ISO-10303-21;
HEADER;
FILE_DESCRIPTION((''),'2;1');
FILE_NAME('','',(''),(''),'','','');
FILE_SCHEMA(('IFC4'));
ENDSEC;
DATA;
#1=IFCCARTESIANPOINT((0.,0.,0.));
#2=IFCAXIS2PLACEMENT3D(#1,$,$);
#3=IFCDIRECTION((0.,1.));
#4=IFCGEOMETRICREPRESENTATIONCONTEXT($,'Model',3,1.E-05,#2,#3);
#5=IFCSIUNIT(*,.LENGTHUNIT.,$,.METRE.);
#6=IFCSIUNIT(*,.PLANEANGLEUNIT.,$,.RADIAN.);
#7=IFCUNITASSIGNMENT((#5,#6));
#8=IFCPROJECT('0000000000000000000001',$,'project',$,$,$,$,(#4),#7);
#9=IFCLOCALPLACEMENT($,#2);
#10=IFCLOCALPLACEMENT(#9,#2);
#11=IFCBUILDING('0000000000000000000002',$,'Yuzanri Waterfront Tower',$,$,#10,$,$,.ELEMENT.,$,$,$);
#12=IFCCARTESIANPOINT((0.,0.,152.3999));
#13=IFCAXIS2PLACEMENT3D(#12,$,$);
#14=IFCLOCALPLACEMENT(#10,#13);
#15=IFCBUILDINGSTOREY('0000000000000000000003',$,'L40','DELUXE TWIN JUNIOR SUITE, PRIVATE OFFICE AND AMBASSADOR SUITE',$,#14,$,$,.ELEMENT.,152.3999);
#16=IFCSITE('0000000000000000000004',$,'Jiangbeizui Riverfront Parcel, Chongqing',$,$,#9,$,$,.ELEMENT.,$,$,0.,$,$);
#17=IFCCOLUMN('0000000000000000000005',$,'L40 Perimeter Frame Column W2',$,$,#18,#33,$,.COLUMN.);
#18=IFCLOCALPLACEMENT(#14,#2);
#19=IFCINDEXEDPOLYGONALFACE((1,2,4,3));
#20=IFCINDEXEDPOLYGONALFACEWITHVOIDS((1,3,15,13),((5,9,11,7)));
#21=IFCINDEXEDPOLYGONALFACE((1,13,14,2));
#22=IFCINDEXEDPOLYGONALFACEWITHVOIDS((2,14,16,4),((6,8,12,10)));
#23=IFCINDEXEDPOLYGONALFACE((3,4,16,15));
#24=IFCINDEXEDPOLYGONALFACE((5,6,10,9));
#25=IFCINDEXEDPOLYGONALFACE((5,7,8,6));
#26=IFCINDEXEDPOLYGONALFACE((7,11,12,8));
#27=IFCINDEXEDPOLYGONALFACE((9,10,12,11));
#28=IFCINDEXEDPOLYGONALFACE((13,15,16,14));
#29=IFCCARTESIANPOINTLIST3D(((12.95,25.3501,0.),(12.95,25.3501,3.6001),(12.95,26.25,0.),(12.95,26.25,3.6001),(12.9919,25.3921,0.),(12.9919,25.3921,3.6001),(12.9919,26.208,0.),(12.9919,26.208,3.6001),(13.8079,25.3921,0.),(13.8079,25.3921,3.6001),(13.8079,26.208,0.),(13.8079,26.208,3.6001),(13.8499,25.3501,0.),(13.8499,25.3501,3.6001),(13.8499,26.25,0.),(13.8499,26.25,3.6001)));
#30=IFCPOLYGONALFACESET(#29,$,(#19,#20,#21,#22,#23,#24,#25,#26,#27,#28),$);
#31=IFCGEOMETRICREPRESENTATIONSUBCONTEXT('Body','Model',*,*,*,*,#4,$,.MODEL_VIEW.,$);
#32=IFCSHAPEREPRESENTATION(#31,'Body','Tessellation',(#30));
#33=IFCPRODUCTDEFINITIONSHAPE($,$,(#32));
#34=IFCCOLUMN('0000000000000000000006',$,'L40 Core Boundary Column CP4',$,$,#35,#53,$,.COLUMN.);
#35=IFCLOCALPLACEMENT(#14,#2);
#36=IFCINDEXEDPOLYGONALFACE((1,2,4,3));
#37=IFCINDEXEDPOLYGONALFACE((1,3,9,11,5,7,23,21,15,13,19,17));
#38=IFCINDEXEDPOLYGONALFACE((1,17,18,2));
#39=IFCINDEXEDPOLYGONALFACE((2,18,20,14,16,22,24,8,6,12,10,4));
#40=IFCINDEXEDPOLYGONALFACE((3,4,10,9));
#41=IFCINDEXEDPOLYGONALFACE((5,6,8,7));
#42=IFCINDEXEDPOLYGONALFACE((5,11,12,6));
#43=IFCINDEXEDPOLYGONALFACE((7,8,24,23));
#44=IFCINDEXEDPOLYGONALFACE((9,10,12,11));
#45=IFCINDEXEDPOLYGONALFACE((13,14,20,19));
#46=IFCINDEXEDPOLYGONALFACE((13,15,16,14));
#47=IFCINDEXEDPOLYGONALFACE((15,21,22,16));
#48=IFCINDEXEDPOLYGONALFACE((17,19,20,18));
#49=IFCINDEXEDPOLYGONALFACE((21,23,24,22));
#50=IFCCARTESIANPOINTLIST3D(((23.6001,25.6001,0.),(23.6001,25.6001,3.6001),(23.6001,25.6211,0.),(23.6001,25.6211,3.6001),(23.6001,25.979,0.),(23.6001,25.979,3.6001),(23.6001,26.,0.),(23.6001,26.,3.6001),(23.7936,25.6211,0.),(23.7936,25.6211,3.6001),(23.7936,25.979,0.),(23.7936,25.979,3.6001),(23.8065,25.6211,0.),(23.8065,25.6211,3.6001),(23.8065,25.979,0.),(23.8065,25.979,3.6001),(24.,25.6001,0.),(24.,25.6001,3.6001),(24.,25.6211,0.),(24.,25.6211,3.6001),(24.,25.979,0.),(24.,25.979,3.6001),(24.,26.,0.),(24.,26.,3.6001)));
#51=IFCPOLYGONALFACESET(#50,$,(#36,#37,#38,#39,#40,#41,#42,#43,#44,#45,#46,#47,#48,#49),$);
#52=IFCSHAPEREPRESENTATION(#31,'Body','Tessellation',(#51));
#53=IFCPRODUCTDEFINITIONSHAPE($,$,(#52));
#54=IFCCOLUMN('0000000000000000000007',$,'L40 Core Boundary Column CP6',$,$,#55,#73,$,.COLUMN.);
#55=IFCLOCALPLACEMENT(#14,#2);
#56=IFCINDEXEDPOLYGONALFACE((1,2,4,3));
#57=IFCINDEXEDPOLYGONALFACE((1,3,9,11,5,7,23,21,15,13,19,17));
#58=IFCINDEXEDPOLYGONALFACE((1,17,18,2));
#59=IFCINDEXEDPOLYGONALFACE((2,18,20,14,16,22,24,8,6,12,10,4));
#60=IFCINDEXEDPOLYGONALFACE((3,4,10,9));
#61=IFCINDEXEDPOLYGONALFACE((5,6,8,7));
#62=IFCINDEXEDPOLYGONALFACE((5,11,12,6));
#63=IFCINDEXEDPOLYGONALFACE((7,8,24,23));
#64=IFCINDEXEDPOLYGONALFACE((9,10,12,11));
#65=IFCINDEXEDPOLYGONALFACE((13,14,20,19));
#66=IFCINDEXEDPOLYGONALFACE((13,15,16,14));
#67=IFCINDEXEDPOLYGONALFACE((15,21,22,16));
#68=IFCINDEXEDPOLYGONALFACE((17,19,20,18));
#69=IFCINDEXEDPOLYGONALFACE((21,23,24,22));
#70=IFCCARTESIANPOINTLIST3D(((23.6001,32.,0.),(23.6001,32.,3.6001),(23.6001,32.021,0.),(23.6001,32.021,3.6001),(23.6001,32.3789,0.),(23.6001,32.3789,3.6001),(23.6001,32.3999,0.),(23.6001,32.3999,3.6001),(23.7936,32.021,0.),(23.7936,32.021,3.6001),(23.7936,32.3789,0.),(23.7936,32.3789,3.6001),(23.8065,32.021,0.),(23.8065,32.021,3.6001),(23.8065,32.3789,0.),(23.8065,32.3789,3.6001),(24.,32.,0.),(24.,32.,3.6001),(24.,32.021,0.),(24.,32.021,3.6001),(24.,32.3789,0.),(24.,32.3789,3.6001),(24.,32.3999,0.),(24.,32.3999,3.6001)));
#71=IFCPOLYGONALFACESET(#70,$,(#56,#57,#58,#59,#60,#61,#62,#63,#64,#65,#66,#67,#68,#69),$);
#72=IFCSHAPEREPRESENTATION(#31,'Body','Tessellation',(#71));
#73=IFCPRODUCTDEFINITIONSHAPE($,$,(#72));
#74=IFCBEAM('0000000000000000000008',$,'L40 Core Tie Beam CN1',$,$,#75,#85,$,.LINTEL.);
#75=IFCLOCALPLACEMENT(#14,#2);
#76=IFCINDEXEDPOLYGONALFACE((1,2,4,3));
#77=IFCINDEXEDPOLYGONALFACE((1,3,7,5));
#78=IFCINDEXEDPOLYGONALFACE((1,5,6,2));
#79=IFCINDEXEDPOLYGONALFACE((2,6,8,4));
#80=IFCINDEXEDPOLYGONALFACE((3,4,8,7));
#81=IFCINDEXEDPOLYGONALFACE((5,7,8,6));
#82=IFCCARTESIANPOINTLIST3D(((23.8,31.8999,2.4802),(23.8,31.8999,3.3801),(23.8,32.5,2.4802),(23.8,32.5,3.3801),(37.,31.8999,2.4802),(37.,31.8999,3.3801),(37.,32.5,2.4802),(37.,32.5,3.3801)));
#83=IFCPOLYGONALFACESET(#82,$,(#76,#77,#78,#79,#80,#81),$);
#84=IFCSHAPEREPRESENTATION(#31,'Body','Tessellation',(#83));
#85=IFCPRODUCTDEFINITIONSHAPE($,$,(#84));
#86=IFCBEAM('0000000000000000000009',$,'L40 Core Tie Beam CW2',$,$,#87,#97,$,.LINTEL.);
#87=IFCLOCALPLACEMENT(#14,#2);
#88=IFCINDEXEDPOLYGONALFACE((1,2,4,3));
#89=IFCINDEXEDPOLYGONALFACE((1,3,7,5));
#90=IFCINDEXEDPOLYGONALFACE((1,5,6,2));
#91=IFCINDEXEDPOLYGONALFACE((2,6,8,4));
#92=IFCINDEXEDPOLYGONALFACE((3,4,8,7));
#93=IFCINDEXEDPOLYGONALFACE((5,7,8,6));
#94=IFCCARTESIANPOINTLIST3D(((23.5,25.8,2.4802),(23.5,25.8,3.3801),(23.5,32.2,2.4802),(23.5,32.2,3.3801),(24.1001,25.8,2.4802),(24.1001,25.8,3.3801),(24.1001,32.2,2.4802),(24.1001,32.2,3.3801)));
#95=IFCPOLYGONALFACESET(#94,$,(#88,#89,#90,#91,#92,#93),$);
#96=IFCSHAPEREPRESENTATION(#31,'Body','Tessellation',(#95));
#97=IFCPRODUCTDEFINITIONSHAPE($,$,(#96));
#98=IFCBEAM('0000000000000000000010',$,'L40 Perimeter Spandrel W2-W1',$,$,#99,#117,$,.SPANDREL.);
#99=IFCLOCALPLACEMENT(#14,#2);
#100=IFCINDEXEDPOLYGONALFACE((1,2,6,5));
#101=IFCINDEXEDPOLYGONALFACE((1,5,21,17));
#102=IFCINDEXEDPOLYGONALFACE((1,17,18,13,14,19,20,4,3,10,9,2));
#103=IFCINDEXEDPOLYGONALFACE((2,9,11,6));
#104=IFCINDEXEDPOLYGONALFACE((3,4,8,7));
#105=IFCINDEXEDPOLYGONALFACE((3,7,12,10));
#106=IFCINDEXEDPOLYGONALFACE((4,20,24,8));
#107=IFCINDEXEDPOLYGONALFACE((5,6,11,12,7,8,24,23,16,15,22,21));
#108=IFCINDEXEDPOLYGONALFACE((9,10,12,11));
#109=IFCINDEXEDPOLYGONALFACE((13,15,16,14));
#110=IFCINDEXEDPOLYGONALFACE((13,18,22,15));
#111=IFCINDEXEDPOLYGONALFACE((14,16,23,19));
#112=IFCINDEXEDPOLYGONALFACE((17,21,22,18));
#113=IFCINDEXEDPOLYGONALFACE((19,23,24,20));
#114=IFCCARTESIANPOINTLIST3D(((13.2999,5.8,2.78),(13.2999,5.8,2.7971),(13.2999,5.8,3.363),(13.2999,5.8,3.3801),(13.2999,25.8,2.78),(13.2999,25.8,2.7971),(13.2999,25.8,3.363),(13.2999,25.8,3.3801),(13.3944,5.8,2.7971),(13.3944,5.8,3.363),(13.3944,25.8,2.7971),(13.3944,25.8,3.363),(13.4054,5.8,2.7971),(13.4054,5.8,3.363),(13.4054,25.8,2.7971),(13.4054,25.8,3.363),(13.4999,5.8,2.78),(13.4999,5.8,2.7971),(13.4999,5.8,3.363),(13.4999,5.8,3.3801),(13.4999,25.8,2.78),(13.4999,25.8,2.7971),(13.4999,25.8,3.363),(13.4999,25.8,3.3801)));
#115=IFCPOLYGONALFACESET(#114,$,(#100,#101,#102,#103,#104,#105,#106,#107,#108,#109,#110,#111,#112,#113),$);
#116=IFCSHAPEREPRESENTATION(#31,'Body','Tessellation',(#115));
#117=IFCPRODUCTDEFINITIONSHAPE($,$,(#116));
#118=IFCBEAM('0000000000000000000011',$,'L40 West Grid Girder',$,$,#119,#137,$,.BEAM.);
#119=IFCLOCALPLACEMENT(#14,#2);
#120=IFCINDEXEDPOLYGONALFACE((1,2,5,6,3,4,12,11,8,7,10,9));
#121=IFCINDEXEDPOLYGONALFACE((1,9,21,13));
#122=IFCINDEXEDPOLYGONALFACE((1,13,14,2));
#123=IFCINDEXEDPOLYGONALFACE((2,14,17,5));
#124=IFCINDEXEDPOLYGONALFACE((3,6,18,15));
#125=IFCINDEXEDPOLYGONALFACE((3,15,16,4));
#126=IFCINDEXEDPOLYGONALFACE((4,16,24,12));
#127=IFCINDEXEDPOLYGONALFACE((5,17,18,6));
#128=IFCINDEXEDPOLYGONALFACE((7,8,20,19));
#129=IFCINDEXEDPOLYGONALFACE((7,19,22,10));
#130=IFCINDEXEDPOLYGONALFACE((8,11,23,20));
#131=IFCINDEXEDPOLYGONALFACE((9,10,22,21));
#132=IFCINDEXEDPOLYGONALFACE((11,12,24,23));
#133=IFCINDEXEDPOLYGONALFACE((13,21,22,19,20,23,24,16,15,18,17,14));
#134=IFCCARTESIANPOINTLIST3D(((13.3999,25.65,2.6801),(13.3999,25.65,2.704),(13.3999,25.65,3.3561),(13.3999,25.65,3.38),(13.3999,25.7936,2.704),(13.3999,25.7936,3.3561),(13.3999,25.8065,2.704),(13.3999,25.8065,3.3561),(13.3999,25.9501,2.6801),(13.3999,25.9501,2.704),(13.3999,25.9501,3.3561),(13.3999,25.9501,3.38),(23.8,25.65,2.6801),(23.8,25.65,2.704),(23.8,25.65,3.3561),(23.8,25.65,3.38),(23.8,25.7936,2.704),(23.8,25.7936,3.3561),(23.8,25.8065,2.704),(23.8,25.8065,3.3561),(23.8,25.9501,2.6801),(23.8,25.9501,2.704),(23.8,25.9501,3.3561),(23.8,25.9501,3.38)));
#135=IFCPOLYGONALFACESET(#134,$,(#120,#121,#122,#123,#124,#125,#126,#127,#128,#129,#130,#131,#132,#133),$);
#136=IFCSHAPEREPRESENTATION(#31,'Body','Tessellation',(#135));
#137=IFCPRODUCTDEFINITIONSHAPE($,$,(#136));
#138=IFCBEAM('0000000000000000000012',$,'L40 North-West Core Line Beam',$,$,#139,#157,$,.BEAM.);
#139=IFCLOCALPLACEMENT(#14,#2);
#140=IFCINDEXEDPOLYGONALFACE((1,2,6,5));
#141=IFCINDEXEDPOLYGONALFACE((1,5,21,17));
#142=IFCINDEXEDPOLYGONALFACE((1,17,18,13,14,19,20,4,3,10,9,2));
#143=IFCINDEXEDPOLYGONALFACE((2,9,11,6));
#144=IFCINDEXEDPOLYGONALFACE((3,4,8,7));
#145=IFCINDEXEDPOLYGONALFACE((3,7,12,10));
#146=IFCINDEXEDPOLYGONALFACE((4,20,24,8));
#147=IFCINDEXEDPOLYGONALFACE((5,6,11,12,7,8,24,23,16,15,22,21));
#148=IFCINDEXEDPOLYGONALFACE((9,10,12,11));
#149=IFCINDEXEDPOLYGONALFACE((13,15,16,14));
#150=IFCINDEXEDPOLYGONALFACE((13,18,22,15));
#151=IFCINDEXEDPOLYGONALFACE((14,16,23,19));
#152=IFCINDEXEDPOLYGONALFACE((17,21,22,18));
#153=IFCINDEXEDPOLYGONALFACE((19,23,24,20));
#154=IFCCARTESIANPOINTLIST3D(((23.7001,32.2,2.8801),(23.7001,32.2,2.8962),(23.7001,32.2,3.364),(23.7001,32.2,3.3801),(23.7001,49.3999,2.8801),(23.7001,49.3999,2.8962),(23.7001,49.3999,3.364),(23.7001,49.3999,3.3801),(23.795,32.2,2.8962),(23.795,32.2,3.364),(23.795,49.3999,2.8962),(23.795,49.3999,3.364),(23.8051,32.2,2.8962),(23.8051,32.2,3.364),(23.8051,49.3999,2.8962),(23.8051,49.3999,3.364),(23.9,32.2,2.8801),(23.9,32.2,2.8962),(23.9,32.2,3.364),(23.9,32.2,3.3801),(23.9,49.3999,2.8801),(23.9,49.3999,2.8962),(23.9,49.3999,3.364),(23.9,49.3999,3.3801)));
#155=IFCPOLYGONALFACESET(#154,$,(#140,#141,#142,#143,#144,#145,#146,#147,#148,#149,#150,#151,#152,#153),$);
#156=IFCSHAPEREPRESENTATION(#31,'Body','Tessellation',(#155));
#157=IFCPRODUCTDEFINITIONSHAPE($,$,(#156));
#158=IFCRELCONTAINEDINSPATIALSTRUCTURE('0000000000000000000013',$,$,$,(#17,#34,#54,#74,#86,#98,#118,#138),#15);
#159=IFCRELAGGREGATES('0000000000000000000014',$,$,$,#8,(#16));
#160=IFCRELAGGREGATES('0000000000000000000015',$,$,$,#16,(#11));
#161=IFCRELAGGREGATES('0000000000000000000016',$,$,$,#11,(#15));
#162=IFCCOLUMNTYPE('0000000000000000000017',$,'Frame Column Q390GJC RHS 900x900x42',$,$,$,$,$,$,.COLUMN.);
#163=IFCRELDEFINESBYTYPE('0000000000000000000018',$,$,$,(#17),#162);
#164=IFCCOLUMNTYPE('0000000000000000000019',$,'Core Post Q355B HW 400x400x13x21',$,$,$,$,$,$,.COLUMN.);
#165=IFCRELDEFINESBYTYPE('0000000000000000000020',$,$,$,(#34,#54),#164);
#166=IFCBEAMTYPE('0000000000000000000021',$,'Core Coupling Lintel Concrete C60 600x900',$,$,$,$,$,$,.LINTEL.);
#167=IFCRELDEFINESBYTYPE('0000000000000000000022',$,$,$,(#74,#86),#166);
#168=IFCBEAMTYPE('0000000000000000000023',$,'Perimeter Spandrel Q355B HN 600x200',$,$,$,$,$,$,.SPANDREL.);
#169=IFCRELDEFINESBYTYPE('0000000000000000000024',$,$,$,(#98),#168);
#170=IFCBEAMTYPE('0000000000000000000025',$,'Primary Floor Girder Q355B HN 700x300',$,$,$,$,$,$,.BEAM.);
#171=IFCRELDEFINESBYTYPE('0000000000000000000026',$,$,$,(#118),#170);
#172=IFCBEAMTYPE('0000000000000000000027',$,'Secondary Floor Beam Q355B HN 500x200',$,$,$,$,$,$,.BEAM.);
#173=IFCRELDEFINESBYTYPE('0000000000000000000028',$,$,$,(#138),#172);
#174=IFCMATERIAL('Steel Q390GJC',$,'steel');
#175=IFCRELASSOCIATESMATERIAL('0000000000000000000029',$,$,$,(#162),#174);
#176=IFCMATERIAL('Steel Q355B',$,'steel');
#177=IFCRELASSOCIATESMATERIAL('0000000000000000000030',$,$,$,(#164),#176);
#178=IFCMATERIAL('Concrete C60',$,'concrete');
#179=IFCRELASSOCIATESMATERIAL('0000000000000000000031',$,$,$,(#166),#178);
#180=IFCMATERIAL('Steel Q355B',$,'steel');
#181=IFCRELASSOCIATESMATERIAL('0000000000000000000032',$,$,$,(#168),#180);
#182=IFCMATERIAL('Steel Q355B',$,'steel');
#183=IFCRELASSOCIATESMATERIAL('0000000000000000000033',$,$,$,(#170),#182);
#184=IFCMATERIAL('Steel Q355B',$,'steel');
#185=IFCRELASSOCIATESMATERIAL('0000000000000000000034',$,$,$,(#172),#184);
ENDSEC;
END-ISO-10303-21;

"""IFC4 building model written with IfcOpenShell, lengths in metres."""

from ifc_helpers import new_model, si_unit, direction, frame, origin, origin_2d, place, context, subcontext, project, spatial, rectangle, hollow_rectangle, i_section, extrude, source, transform, mapped, material, material_profile, profile_set, type_object, element, save


model = new_model("IFC4")

# Units and contexts
model_context = context("Model", 3, precision=1e-05, world=origin(), true_north=direction((0.0, 1.0)))
body_context = subcontext(model_context, "Body", "Model", "MODEL_VIEW")
ifc_project = project(units=[si_unit("LENGTHUNIT", "METRE"), si_unit("PLANEANGLEUNIT", "RADIAN")], contexts=[model_context])

# Site, building, storey
site_placement = place(None, origin())
site = spatial("IfcSite", under=ifc_project, at=site_placement, Name="Jiangbeizui Riverfront Parcel, Chongqing", CompositionType="ELEMENT", RefElevation=0.0)
building_placement = place(site_placement, origin())
building = spatial("IfcBuilding", under=site, at=building_placement, Name="Yuzanri Waterfront Tower", CompositionType="ELEMENT")
storey_placement = place(building_placement, frame((0.0, 0.0, 152.3999)))
storey = spatial("IfcBuildingStorey", under=building, at=storey_placement, Name="L40", Description="DELUXE TWIN JUNIOR SUITE, PRIVATE OFFICE AND AMBASSADOR SUITE", CompositionType="ELEMENT", Elevation=152.3999)

# Columns
ifc_material_1 = material(Name="Steel Q390GJC", Category="steel")
ifc_material_profile_1 = material_profile(ifc_material_1, hollow_rectangle(XDim=0.8999, YDim=0.8999, WallThickness=0.042, at=origin_2d()), Name="RHS 900x900x42")
ifc_profile_set_1 = profile_set([ifc_material_profile_1], Name="Steel Q390GJC")
column_type_1 = type_object("IfcColumnType", Name="Frame Column Q390GJC RHS 900x900x42", PredefinedType="COLUMN", material=ifc_profile_set_1)
shared_shape_1 = source(origin(), body_context, "Body", "SweptSolid", [
    extrude(hollow_rectangle(XDim=0.8999, YDim=0.8999, WallThickness=0.042, at=origin_2d()), origin(), (0.0, 0.0, 1.0), 3.6001),
])
column_placement = place(storey_placement, frame((13.3999, 25.8, 0.0), z_axis=(0.0, 0.0, 1.0), x_axis=(1.0, 0.0, 0.0)))
element("IfcColumn", 1, at=column_placement, inside=storey, type_object=column_type_1, Name="L40 Perimeter Frame Column W2", PredefinedType="COLUMN", context=body_context, shape_type="MappedRepresentation", body=[
    mapped(shared_shape_1, transform((0.0, 0.0, 0.0), scale=1.0)),
])
ifc_material_2 = material(Name="Steel Q355B", Category="steel")
ifc_material_profile_2 = material_profile(ifc_material_2, i_section(OverallWidth=0.3999, OverallDepth=0.3999, WebThickness=0.0129, FlangeThickness=0.021, at=origin_2d()), Name="HW 400x400x13x21")
ifc_profile_set_2 = profile_set([ifc_material_profile_2], Name="Steel Q355B")
column_type_2 = type_object("IfcColumnType", Name="Core Post Q355B HW 400x400x13x21", PredefinedType="COLUMN", material=ifc_profile_set_2)
shared_shape_2 = source(origin(), body_context, "Body", "SweptSolid", [
    extrude(i_section(OverallWidth=0.3999, OverallDepth=0.3999, WebThickness=0.0129, FlangeThickness=0.021, at=origin_2d()), origin(), (0.0, 0.0, 1.0), 3.6001),
])
for number, where, z_axis, x_axis, name in (
    (2, (23.8, 25.8, 0.0), (0.0, 0.0, 1.0), (1.0, 0.0, 0.0), "L40 Core Boundary Column CP4"),
    (3, (23.8, 32.2, 0.0), (0.0, 0.0, 1.0), (1.0, 0.0, 0.0), "L40 Core Boundary Column CP6"),
):
    element("IfcColumn", number, at=place(storey_placement, frame(where, z_axis=z_axis, x_axis=x_axis)), inside=storey, type_object=column_type_2, Name=name, PredefinedType="COLUMN", context=body_context, shape_type="MappedRepresentation", body=[
        mapped(shared_shape_2, transform((0.0, 0.0, 0.0), scale=1.0)),
    ])

# Beams
ifc_material_3 = material(Name="Concrete C60", Category="concrete")
ifc_material_profile_3 = material_profile(ifc_material_3, rectangle(XDim=0.6001, YDim=0.8999, at=origin_2d()), Name="RC 600x900")
ifc_profile_set_3 = profile_set([ifc_material_profile_3], Name="Concrete C60")
beam_type_1 = type_object("IfcBeamType", Name="Core Coupling Lintel Concrete C60 600x900", PredefinedType="LINTEL", material=ifc_profile_set_3)
shared_shape_3 = source(origin(), body_context, "Body", "SweptSolid", [
    extrude(rectangle(XDim=0.6001, YDim=0.8999, at=origin_2d()), origin(), (0.0, 0.0, 1.0), 13.2),
])
beam_1_placement = place(storey_placement, frame((23.8, 32.2, 2.9302), z_axis=(1.0, 0.0, 0.0), x_axis=(0.0, 1.0, 0.0)))
element("IfcBeam", 4, at=beam_1_placement, inside=storey, type_object=beam_type_1, Name="L40 Core Tie Beam CN1", PredefinedType="LINTEL", context=body_context, shape_type="MappedRepresentation", body=[
    mapped(shared_shape_3, transform((0.0, 0.0, 0.0), scale=1.0)),
])
shared_shape_4 = source(origin(), body_context, "Body", "SweptSolid", [
    extrude(rectangle(XDim=0.6001, YDim=0.8999, at=origin_2d()), origin(), (0.0, 0.0, 1.0), 6.3999),
])
beam_2_placement = place(storey_placement, frame((23.8, 25.8, 2.9302), z_axis=(0.0, 1.0, 0.0), x_axis=(-1.0, 0.0, 0.0)))
element("IfcBeam", 5, at=beam_2_placement, inside=storey, type_object=beam_type_1, Name="L40 Core Tie Beam CW2", PredefinedType="LINTEL", context=body_context, shape_type="MappedRepresentation", body=[
    mapped(shared_shape_4, transform((0.0, 0.0, 0.0), scale=1.0)),
])
ifc_material_4 = material(Name="Steel Q355B", Category="steel")
ifc_material_profile_4 = material_profile(ifc_material_4, i_section(OverallWidth=0.2, OverallDepth=0.6001, WebThickness=0.011, FlangeThickness=0.0171, at=origin_2d()), Name="HN 600x200x11x17")
ifc_profile_set_4 = profile_set([ifc_material_profile_4], Name="Steel Q355B")
beam_type_2 = type_object("IfcBeamType", Name="Perimeter Spandrel Q355B HN 600x200", PredefinedType="SPANDREL", material=ifc_profile_set_4)
shared_shape_5 = source(origin(), body_context, "Body", "SweptSolid", [
    extrude(i_section(OverallWidth=0.2, OverallDepth=0.6001, WebThickness=0.011, FlangeThickness=0.0171, at=origin_2d()), origin(), (0.0, 0.0, 1.0), 20.0),
])
beam_3_placement = place(storey_placement, frame((13.3999, 25.8, 3.0801), z_axis=(0.0, -1.0, 0.0), x_axis=(1.0, 0.0, 0.0)))
element("IfcBeam", 6, at=beam_3_placement, inside=storey, type_object=beam_type_2, Name="L40 Perimeter Spandrel W2-W1", PredefinedType="SPANDREL", context=body_context, shape_type="MappedRepresentation", body=[
    mapped(shared_shape_5, transform((0.0, 0.0, 0.0), scale=1.0)),
])
ifc_material_5 = material(Name="Steel Q355B", Category="steel")
ifc_material_profile_5 = material_profile(ifc_material_5, i_section(OverallWidth=0.3, OverallDepth=0.7, WebThickness=0.0129, FlangeThickness=0.0239, at=origin_2d()), Name="HN 700x300x13x24")
ifc_profile_set_5 = profile_set([ifc_material_profile_5], Name="Steel Q355B")
beam_type_3 = type_object("IfcBeamType", Name="Primary Floor Girder Q355B HN 700x300", PredefinedType="BEAM", material=ifc_profile_set_5)
shared_shape_6 = source(origin(), body_context, "Body", "SweptSolid", [
    extrude(i_section(OverallWidth=0.3, OverallDepth=0.7, WebThickness=0.0129, FlangeThickness=0.0239, at=origin_2d()), origin(), (0.0, 0.0, 1.0), 10.4001),
])
beam_4_placement = place(storey_placement, frame((23.8, 25.8, 3.03), z_axis=(-1.0, 0.0, 0.0), x_axis=(0.0, -1.0, 0.0)))
element("IfcBeam", 7, at=beam_4_placement, inside=storey, type_object=beam_type_3, Name="L40 West Grid Girder", PredefinedType="BEAM", context=body_context, shape_type="MappedRepresentation", body=[
    mapped(shared_shape_6, transform((0.0, 0.0, 0.0), scale=1.0)),
])
ifc_material_6 = material(Name="Steel Q355B", Category="steel")
ifc_material_profile_6 = material_profile(ifc_material_6, i_section(OverallWidth=0.2, OverallDepth=0.5, WebThickness=0.01, FlangeThickness=0.0161, at=origin_2d()), Name="HN 500x200x10x16")
ifc_profile_set_6 = profile_set([ifc_material_profile_6], Name="Steel Q355B")
beam_type_4 = type_object("IfcBeamType", Name="Secondary Floor Beam Q355B HN 500x200", PredefinedType="BEAM", material=ifc_profile_set_6)
shared_shape_7 = source(origin(), body_context, "Body", "SweptSolid", [
    extrude(i_section(OverallWidth=0.2, OverallDepth=0.5, WebThickness=0.01, FlangeThickness=0.0161, at=origin_2d()), origin(), (0.0, 0.0, 1.0), 17.2),
])
beam_5_placement = place(storey_placement, frame((23.8, 32.2, 3.1301), z_axis=(0.0, 1.0, 0.0), x_axis=(-1.0, 0.0, 0.0)))
element("IfcBeam", 8, at=beam_5_placement, inside=storey, type_object=beam_type_4, Name="L40 North-West Core Line Beam", PredefinedType="BEAM", context=body_context, shape_type="MappedRepresentation", body=[
    mapped(shared_shape_7, transform((0.0, 0.0, 0.0), scale=1.0)),
])

save(model, "model.ifc")
